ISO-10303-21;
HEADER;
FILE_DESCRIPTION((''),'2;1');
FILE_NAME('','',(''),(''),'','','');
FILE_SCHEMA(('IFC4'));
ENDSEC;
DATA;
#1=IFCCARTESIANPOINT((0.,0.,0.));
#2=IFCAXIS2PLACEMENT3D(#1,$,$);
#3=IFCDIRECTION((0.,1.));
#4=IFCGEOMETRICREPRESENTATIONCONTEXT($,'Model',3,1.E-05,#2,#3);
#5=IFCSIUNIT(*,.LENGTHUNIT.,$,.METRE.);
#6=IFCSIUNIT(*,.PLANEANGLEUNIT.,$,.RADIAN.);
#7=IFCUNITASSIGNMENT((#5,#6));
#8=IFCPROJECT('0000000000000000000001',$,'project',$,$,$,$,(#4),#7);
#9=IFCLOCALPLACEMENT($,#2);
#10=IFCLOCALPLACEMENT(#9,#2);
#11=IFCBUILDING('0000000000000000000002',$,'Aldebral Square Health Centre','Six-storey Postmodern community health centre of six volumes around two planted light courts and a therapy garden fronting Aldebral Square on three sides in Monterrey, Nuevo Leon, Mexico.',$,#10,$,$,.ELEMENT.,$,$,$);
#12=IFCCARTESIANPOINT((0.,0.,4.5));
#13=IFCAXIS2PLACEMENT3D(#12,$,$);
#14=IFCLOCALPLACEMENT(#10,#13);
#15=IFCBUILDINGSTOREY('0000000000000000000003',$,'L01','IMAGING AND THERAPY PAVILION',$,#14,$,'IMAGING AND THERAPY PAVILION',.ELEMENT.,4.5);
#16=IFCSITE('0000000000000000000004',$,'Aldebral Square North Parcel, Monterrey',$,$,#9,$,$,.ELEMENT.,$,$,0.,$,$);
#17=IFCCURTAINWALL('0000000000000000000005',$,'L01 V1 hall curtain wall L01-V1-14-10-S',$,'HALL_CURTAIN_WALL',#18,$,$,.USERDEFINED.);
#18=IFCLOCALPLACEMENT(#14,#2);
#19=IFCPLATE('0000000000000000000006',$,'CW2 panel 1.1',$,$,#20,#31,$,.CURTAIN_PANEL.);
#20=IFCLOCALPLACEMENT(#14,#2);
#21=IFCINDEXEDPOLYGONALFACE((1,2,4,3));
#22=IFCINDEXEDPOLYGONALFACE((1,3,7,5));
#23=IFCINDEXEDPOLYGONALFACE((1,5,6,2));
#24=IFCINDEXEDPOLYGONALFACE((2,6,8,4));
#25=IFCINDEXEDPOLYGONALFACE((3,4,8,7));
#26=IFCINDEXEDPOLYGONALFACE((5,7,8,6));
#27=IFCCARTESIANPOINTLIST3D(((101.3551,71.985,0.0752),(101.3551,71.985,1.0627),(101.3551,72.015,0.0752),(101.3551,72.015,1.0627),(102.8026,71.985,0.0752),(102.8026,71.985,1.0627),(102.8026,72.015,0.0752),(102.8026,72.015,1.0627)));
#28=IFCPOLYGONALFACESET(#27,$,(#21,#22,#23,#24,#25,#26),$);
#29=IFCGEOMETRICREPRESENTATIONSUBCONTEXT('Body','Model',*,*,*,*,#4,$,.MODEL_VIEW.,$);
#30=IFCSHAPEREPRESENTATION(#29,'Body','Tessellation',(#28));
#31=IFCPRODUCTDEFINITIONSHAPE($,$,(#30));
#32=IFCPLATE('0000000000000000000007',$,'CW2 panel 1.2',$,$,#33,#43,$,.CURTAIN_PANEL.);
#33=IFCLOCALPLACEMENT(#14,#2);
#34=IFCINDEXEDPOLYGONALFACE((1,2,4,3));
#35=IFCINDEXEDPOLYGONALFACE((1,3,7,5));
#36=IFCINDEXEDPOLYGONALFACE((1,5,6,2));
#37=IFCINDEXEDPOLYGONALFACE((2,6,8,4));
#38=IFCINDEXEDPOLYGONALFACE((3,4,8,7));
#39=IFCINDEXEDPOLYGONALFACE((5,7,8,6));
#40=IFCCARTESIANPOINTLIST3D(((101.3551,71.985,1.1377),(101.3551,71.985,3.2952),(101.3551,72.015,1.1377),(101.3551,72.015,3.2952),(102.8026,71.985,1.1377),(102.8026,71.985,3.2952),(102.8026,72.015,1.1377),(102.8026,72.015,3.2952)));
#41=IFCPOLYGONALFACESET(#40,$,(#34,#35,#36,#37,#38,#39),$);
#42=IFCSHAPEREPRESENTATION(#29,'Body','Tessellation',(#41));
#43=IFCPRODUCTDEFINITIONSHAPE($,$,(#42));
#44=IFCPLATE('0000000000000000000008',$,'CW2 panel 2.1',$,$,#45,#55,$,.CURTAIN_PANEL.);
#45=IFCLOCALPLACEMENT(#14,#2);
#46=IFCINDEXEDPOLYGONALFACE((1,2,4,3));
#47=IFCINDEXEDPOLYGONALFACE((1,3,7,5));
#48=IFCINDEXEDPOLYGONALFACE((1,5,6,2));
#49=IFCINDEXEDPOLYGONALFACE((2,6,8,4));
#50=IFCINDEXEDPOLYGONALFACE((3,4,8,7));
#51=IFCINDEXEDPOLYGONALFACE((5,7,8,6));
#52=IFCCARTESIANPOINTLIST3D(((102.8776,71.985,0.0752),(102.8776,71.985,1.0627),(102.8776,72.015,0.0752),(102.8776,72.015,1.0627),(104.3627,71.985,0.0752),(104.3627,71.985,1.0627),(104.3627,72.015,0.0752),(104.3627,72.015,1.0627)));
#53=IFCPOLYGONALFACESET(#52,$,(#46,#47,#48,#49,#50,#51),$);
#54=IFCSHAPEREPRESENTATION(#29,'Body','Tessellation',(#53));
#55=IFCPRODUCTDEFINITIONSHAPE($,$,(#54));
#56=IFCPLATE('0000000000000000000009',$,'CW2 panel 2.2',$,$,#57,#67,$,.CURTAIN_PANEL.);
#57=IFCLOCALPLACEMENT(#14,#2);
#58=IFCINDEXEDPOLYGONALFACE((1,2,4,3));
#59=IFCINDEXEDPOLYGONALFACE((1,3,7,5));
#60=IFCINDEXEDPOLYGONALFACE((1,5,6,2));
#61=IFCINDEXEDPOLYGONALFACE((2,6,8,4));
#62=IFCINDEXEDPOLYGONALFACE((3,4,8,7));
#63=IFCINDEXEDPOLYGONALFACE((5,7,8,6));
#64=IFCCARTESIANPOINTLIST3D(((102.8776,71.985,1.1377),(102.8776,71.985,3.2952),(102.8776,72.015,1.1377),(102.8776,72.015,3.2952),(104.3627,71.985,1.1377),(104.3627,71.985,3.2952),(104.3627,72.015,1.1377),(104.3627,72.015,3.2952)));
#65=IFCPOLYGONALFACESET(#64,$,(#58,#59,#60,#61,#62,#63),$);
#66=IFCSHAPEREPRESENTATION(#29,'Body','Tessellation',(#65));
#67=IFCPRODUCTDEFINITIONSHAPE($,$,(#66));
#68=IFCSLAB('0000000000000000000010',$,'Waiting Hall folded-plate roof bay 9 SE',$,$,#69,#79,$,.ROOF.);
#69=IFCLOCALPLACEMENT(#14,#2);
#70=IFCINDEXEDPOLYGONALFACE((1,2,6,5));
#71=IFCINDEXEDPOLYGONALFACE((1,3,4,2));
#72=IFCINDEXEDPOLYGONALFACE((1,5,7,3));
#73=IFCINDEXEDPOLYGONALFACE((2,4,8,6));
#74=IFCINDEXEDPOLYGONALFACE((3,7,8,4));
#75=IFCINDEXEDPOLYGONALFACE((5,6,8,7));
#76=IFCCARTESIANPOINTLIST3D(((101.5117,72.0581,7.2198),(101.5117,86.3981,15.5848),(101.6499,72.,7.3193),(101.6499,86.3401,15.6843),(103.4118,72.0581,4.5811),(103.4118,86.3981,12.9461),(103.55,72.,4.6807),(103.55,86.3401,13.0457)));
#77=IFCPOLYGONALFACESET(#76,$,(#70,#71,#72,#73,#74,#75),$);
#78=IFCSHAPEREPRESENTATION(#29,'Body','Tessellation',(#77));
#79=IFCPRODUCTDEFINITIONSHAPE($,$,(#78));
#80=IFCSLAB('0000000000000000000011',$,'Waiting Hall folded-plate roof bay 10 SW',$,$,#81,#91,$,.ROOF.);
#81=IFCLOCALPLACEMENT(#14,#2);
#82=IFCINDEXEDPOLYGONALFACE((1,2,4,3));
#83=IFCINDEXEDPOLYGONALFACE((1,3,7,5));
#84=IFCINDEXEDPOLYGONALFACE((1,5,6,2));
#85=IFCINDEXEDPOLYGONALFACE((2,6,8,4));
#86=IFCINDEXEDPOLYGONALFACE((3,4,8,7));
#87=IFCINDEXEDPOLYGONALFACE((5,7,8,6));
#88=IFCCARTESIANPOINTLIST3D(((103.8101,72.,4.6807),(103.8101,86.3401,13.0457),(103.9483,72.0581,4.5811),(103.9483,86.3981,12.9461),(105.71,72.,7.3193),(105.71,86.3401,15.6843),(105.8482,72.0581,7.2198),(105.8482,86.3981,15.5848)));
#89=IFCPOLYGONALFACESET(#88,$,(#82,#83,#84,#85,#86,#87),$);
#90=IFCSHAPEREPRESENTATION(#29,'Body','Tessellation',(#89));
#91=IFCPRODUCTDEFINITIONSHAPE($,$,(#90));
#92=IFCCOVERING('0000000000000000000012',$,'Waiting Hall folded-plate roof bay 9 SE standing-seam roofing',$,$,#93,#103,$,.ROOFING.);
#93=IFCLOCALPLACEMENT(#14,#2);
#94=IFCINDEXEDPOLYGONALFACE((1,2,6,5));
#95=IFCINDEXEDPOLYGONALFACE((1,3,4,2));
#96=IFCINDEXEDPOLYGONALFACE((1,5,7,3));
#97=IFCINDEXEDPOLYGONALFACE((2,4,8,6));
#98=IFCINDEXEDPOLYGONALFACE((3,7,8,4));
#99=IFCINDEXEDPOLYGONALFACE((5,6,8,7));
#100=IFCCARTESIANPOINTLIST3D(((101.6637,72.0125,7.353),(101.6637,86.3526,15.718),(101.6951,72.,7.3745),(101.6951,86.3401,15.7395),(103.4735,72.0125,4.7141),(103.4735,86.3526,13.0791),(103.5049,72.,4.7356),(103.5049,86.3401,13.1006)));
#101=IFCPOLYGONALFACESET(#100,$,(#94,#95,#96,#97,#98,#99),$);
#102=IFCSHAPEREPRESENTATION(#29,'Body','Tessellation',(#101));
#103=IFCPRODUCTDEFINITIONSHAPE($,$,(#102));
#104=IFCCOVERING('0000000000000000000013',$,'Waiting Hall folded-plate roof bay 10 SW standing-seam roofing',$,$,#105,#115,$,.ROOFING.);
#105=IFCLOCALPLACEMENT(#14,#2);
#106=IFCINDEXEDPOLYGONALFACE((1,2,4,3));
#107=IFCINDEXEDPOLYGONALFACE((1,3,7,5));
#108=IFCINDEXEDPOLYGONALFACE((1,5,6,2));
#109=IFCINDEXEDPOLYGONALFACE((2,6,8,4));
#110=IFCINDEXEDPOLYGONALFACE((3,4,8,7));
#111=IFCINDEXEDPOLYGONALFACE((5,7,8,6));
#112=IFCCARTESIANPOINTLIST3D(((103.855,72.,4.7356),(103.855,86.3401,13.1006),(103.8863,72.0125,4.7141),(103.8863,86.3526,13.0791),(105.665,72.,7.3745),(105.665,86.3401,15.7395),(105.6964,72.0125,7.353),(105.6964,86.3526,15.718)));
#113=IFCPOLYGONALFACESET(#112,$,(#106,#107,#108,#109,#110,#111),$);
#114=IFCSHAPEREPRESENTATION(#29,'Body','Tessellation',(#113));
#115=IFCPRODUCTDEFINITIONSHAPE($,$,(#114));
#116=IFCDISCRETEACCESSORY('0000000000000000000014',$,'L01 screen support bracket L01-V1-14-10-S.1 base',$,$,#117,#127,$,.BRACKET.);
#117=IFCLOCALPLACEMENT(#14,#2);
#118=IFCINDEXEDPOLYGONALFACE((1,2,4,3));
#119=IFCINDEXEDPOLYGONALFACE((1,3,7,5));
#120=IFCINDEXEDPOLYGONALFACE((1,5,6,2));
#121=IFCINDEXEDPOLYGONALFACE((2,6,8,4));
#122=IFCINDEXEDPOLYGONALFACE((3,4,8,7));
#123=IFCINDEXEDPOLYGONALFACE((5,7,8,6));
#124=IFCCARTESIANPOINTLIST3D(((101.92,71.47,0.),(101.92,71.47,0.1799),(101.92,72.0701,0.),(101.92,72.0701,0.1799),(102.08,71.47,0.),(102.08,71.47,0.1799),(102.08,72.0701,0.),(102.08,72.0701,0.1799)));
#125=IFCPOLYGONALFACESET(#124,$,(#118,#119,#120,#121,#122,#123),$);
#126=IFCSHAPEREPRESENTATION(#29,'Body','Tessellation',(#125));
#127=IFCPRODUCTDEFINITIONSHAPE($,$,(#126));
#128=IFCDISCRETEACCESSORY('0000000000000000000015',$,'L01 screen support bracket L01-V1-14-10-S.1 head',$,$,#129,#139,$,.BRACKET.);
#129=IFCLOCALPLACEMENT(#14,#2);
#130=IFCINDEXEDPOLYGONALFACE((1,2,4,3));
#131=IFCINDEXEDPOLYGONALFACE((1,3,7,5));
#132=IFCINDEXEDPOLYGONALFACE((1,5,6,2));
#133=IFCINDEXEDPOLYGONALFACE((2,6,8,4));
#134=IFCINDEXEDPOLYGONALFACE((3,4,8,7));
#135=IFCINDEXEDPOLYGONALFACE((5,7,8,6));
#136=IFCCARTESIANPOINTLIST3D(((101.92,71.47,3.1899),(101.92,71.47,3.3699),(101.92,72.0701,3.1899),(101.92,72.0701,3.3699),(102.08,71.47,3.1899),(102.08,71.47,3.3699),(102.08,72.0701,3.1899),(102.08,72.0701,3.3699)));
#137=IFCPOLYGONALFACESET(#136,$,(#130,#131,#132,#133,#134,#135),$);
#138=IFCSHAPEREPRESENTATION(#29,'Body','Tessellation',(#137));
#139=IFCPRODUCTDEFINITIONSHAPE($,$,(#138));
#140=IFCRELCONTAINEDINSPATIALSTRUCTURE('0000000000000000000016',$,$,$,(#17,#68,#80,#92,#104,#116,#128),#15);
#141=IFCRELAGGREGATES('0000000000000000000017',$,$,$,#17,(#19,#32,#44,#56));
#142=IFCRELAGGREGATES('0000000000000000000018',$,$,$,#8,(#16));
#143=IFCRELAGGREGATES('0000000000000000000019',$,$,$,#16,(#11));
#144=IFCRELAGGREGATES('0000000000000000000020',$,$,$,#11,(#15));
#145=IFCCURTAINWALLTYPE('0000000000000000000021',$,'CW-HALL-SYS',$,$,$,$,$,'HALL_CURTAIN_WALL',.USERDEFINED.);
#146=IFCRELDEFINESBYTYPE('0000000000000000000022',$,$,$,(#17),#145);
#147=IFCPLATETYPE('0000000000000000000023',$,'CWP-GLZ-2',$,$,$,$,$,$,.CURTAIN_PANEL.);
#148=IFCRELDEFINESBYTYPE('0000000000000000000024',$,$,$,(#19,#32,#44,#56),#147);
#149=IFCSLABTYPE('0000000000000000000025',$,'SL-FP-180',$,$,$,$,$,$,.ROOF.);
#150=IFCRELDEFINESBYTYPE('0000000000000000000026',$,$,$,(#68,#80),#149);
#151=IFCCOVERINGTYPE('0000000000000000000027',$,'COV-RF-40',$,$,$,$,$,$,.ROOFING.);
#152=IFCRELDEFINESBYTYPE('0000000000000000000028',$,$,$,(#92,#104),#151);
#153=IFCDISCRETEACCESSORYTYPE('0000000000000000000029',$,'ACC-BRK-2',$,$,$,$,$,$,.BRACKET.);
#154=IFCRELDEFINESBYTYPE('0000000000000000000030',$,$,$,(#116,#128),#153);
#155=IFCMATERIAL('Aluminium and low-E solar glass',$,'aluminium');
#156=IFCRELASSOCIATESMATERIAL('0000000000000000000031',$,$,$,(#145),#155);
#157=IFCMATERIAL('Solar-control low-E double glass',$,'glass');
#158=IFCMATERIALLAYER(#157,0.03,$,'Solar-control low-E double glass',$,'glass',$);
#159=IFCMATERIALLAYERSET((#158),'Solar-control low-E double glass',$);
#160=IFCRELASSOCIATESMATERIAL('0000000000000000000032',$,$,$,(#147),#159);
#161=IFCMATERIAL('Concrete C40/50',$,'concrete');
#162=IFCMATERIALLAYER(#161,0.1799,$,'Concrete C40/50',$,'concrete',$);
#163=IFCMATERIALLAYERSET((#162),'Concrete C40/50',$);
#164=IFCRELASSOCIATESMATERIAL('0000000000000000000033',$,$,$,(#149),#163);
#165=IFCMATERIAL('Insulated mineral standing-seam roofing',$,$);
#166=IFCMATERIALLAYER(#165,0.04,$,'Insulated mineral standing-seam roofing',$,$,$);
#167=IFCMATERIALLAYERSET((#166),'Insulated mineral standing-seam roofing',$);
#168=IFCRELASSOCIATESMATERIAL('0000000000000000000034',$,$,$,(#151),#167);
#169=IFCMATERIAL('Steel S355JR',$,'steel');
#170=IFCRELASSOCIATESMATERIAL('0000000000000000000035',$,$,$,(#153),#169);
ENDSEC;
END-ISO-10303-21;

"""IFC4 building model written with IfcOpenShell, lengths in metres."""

from ifc_helpers import new_model, si_unit, direction, frame, origin, origin_2d, place, context, subcontext, project, spatial, polyline, rectangle, outline, extrude, material, layer, layer_set, type_object, element, aggregate, save


model = new_model("IFC4")

# Units and contexts
model_context = context("Model", 3, precision=1e-05, world=origin(), true_north=direction((0.0, 1.0)))
body_context = subcontext(model_context, "Body", "Model", "MODEL_VIEW")
ifc_project = project(units=[si_unit("LENGTHUNIT", "METRE"), si_unit("PLANEANGLEUNIT", "RADIAN")], contexts=[model_context])

# Site, building, storey
site_placement = place(None, origin())
site = spatial("IfcSite", under=ifc_project, at=site_placement, Name="Aldebral Square North Parcel, Monterrey", CompositionType="ELEMENT", RefElevation=0.0)
building_placement = place(site_placement, origin())
building = spatial("IfcBuilding", under=site, at=building_placement, Name="Aldebral Square Health Centre", Description="Six-storey Postmodern community health centre of six volumes around two planted light courts and a therapy garden fronting Aldebral Square on three sides in Monterrey, Nuevo Leon, Mexico.", CompositionType="ELEMENT")
storey_placement = place(building_placement, frame((0.0, 0.0, 4.5)))
storey = spatial("IfcBuildingStorey", under=building, at=storey_placement, Name="L01", Description="IMAGING AND THERAPY PAVILION", LongName="IMAGING AND THERAPY PAVILION", CompositionType="ELEMENT", Elevation=4.5)

# Shared definitions
ifc_material_1 = material(Name="Concrete C40/50", Category="concrete")

# Curtain wall, plates
ifc_material_2 = material(Name="Aluminium and low-E solar glass", Category="aluminium")
curtain_wall_type = type_object("IfcCurtainWallType", Name="CW-HALL-SYS", ElementType="HALL_CURTAIN_WALL", PredefinedType="USERDEFINED", material=ifc_material_2)
curtain_wall_placement = place(storey_placement, origin())
curtain_wall = element("IfcCurtainWall", 1, at=curtain_wall_placement, inside=storey, type_object=curtain_wall_type, Name="L01 V1 hall curtain wall L01-V1-14-10-S", ObjectType="HALL_CURTAIN_WALL", PredefinedType="USERDEFINED")
ifc_material_3 = material(Name="Solar-control low-E double glass", Category="glass")
ifc_layer_1 = layer(ifc_material_3, 0.03, Name="Solar-control low-E double glass", Category="glass")
ifc_layer_set_1 = layer_set([ifc_layer_1], Name="Solar-control low-E double glass")
plate_type = type_object("IfcPlateType", Name="CWP-GLZ-2", PredefinedType="CURTAIN_PANEL", material=ifc_layer_set_1)
plate_1_placement = place(storey_placement, frame((102.0789, 72.0, 0.0752), z_axis=(0.0, 0.0, 1.0), x_axis=(1.0, 0.0, 0.0)))
plate_1 = element("IfcPlate", 2, at=plate_1_placement, type_object=plate_type, Name="CW2 panel 1.1", PredefinedType="CURTAIN_PANEL", context=body_context, shape_type="SweptSolid", body=[
    extrude(rectangle(XDim=1.4475, YDim=0.03, at=origin_2d()), origin(), (0.0, 0.0, 1.0), 0.9875),
])
plate_2_placement = place(storey_placement, frame((102.0789, 72.0, 1.1377), z_axis=(0.0, 0.0, 1.0), x_axis=(1.0, 0.0, 0.0)))
plate_2 = element("IfcPlate", 3, at=plate_2_placement, type_object=plate_type, Name="CW2 panel 1.2", PredefinedType="CURTAIN_PANEL", context=body_context, shape_type="SweptSolid", body=[
    extrude(rectangle(XDim=1.4475, YDim=0.03, at=origin_2d()), origin(), (0.0, 0.0, 1.0), 2.1575),
])
plate_3_placement = place(storey_placement, frame((103.6201, 72.0, 0.0752), z_axis=(0.0, 0.0, 1.0), x_axis=(1.0, 0.0, 0.0)))
plate_3 = element("IfcPlate", 4, at=plate_3_placement, type_object=plate_type, Name="CW2 panel 2.1", PredefinedType="CURTAIN_PANEL", context=body_context, shape_type="SweptSolid", body=[
    extrude(rectangle(XDim=1.4851, YDim=0.03, at=origin_2d()), origin(), (0.0, 0.0, 1.0), 0.9875),
])
plate_4_placement = place(storey_placement, frame((103.6201, 72.0, 1.1377), z_axis=(0.0, 0.0, 1.0), x_axis=(1.0, 0.0, 0.0)))
plate_4 = element("IfcPlate", 5, at=plate_4_placement, type_object=plate_type, Name="CW2 panel 2.2", PredefinedType="CURTAIN_PANEL", context=body_context, shape_type="SweptSolid", body=[
    extrude(rectangle(XDim=1.4851, YDim=0.03, at=origin_2d()), origin(), (0.0, 0.0, 1.0), 2.1575),
])
aggregate(curtain_wall, [plate_1, plate_2, plate_3, plate_4])

# Slabs
ifc_layer_2 = layer(ifc_material_1, 0.1799, Name="Concrete C40/50", Category="concrete")
ifc_layer_set_2 = layer_set([ifc_layer_2], Name="Concrete C40/50")
slab_type = type_object("IfcSlabType", Name="SL-FP-180", PredefinedType="ROOF", material=ifc_layer_set_2)
slab_1_placement = place(storey_placement, frame((101.6499, 72.0, 7.3193), z_axis=(0.768091, -0.322647, 0.553114), x_axis=(0.584366, 0.0, -0.81149)))
element("IfcSlab", 6, at=slab_1_placement, inside=storey, type_object=slab_type, Name="Waiting Hall folded-plate roof bay 9 SE", PredefinedType="ROOF", context=body_context, shape_type="SweptSolid", body=[
    extrude(outline(polyline([(0.0, 0.0), (3.2516, 0.0), (-3.5365, 15.1503), (-6.7881, 15.1503), (0.0, 0.0)])), origin(), (0.0, 0.0, -1.0), 0.1799),
])
slab_2_placement = place(storey_placement, frame((103.8101, 72.0, 4.6807), z_axis=(-0.768132, -0.322623, 0.553072), x_axis=(0.584317, 0.0, 0.811526)))
element("IfcSlab", 7, at=slab_2_placement, inside=storey, type_object=slab_type, Name="Waiting Hall folded-plate roof bay 10 SW", PredefinedType="ROOF", context=body_context, shape_type="SweptSolid", body=[
    extrude(outline(polyline([(0.0, 0.0), (3.2515, 0.0), (10.0399, 15.1502), (6.7884, 15.1502), (0.0, 0.0)])), origin(), (0.0, 0.0, -1.0), 0.1799),
])

# Coverings
ifc_material_4 = material(Name="Insulated mineral standing-seam roofing")
ifc_layer_3 = layer(ifc_material_4, 0.04, Name="Insulated mineral standing-seam roofing")
ifc_layer_set_3 = layer_set([ifc_layer_3], Name="Insulated mineral standing-seam roofing")
covering_type_1 = type_object("IfcCoveringType", Name="COV-RF-40", PredefinedType="ROOFING", material=ifc_layer_set_3)
covering_1_placement = place(storey_placement, frame((101.6951, 72.0, 7.3745), z_axis=(0.783166, -0.313311, 0.537109), x_axis=(0.565586, 0.0, -0.824689)))
element("IfcCovering", 8, at=covering_1_placement, inside=storey, type_object=covering_type_1, Name="Waiting Hall folded-plate roof bay 9 SE standing-seam roofing", PredefinedType="ROOFING", context=body_context, shape_type="SweptSolid", body=[
    extrude(outline(polyline([(0.0, 0.0), (3.1999, 0.0), (-3.6986, 15.1004), (-6.8985, 15.1004), (0.0, 0.0)])), origin(), (0.0, 0.0, -1.0), 0.04),
])
covering_2_placement = place(storey_placement, frame((103.855, 72.0, 4.7356), z_axis=(-0.783126, -0.313337, 0.537154), x_axis=(0.565638, 0.0, 0.824654)))
element("IfcCovering", 9, at=covering_2_placement, inside=storey, type_object=covering_type_1, Name="Waiting Hall folded-plate roof bay 10 SW standing-seam roofing", PredefinedType="ROOFING", context=body_context, shape_type="SweptSolid", body=[
    extrude(outline(polyline([(0.0, 0.0), (3.2, 0.0), (10.0982, 15.1005), (6.8982, 15.1005), (0.0, 0.0)])), origin(), (0.0, 0.0, -1.0), 0.04),
])

# Discrete accessories
ifc_material_5 = material(Name="Steel S355JR", Category="steel")
discrete_accessory_type = type_object("IfcDiscreteAccessoryType", Name="ACC-BRK-2", PredefinedType="BRACKET", material=ifc_material_5)
for number, where, z_axis, x_axis, name in (
    (10, (102.0, 71.77, 0.0), (0.0, 0.0, 1.0), (1.0, 0.0, 0.0), "L01 screen support bracket L01-V1-14-10-S.1 base"),
    (11, (102.0, 71.77, 3.1899), (0.0, 0.0, 1.0), (1.0, 0.0, 0.0), "L01 screen support bracket L01-V1-14-10-S.1 head"),
):
    element("IfcDiscreteAccessory", number, at=place(storey_placement, frame(where, z_axis=z_axis, x_axis=x_axis)), inside=storey, type_object=discrete_accessory_type, Name=name, PredefinedType="BRACKET", context=body_context, shape_type="SweptSolid", body=[
        extrude(rectangle(XDim=0.1599, YDim=0.6001, at=origin_2d()), origin(), (0.0, 0.0, 1.0), 0.1799),
    ])

save(model, "model.ifc")
